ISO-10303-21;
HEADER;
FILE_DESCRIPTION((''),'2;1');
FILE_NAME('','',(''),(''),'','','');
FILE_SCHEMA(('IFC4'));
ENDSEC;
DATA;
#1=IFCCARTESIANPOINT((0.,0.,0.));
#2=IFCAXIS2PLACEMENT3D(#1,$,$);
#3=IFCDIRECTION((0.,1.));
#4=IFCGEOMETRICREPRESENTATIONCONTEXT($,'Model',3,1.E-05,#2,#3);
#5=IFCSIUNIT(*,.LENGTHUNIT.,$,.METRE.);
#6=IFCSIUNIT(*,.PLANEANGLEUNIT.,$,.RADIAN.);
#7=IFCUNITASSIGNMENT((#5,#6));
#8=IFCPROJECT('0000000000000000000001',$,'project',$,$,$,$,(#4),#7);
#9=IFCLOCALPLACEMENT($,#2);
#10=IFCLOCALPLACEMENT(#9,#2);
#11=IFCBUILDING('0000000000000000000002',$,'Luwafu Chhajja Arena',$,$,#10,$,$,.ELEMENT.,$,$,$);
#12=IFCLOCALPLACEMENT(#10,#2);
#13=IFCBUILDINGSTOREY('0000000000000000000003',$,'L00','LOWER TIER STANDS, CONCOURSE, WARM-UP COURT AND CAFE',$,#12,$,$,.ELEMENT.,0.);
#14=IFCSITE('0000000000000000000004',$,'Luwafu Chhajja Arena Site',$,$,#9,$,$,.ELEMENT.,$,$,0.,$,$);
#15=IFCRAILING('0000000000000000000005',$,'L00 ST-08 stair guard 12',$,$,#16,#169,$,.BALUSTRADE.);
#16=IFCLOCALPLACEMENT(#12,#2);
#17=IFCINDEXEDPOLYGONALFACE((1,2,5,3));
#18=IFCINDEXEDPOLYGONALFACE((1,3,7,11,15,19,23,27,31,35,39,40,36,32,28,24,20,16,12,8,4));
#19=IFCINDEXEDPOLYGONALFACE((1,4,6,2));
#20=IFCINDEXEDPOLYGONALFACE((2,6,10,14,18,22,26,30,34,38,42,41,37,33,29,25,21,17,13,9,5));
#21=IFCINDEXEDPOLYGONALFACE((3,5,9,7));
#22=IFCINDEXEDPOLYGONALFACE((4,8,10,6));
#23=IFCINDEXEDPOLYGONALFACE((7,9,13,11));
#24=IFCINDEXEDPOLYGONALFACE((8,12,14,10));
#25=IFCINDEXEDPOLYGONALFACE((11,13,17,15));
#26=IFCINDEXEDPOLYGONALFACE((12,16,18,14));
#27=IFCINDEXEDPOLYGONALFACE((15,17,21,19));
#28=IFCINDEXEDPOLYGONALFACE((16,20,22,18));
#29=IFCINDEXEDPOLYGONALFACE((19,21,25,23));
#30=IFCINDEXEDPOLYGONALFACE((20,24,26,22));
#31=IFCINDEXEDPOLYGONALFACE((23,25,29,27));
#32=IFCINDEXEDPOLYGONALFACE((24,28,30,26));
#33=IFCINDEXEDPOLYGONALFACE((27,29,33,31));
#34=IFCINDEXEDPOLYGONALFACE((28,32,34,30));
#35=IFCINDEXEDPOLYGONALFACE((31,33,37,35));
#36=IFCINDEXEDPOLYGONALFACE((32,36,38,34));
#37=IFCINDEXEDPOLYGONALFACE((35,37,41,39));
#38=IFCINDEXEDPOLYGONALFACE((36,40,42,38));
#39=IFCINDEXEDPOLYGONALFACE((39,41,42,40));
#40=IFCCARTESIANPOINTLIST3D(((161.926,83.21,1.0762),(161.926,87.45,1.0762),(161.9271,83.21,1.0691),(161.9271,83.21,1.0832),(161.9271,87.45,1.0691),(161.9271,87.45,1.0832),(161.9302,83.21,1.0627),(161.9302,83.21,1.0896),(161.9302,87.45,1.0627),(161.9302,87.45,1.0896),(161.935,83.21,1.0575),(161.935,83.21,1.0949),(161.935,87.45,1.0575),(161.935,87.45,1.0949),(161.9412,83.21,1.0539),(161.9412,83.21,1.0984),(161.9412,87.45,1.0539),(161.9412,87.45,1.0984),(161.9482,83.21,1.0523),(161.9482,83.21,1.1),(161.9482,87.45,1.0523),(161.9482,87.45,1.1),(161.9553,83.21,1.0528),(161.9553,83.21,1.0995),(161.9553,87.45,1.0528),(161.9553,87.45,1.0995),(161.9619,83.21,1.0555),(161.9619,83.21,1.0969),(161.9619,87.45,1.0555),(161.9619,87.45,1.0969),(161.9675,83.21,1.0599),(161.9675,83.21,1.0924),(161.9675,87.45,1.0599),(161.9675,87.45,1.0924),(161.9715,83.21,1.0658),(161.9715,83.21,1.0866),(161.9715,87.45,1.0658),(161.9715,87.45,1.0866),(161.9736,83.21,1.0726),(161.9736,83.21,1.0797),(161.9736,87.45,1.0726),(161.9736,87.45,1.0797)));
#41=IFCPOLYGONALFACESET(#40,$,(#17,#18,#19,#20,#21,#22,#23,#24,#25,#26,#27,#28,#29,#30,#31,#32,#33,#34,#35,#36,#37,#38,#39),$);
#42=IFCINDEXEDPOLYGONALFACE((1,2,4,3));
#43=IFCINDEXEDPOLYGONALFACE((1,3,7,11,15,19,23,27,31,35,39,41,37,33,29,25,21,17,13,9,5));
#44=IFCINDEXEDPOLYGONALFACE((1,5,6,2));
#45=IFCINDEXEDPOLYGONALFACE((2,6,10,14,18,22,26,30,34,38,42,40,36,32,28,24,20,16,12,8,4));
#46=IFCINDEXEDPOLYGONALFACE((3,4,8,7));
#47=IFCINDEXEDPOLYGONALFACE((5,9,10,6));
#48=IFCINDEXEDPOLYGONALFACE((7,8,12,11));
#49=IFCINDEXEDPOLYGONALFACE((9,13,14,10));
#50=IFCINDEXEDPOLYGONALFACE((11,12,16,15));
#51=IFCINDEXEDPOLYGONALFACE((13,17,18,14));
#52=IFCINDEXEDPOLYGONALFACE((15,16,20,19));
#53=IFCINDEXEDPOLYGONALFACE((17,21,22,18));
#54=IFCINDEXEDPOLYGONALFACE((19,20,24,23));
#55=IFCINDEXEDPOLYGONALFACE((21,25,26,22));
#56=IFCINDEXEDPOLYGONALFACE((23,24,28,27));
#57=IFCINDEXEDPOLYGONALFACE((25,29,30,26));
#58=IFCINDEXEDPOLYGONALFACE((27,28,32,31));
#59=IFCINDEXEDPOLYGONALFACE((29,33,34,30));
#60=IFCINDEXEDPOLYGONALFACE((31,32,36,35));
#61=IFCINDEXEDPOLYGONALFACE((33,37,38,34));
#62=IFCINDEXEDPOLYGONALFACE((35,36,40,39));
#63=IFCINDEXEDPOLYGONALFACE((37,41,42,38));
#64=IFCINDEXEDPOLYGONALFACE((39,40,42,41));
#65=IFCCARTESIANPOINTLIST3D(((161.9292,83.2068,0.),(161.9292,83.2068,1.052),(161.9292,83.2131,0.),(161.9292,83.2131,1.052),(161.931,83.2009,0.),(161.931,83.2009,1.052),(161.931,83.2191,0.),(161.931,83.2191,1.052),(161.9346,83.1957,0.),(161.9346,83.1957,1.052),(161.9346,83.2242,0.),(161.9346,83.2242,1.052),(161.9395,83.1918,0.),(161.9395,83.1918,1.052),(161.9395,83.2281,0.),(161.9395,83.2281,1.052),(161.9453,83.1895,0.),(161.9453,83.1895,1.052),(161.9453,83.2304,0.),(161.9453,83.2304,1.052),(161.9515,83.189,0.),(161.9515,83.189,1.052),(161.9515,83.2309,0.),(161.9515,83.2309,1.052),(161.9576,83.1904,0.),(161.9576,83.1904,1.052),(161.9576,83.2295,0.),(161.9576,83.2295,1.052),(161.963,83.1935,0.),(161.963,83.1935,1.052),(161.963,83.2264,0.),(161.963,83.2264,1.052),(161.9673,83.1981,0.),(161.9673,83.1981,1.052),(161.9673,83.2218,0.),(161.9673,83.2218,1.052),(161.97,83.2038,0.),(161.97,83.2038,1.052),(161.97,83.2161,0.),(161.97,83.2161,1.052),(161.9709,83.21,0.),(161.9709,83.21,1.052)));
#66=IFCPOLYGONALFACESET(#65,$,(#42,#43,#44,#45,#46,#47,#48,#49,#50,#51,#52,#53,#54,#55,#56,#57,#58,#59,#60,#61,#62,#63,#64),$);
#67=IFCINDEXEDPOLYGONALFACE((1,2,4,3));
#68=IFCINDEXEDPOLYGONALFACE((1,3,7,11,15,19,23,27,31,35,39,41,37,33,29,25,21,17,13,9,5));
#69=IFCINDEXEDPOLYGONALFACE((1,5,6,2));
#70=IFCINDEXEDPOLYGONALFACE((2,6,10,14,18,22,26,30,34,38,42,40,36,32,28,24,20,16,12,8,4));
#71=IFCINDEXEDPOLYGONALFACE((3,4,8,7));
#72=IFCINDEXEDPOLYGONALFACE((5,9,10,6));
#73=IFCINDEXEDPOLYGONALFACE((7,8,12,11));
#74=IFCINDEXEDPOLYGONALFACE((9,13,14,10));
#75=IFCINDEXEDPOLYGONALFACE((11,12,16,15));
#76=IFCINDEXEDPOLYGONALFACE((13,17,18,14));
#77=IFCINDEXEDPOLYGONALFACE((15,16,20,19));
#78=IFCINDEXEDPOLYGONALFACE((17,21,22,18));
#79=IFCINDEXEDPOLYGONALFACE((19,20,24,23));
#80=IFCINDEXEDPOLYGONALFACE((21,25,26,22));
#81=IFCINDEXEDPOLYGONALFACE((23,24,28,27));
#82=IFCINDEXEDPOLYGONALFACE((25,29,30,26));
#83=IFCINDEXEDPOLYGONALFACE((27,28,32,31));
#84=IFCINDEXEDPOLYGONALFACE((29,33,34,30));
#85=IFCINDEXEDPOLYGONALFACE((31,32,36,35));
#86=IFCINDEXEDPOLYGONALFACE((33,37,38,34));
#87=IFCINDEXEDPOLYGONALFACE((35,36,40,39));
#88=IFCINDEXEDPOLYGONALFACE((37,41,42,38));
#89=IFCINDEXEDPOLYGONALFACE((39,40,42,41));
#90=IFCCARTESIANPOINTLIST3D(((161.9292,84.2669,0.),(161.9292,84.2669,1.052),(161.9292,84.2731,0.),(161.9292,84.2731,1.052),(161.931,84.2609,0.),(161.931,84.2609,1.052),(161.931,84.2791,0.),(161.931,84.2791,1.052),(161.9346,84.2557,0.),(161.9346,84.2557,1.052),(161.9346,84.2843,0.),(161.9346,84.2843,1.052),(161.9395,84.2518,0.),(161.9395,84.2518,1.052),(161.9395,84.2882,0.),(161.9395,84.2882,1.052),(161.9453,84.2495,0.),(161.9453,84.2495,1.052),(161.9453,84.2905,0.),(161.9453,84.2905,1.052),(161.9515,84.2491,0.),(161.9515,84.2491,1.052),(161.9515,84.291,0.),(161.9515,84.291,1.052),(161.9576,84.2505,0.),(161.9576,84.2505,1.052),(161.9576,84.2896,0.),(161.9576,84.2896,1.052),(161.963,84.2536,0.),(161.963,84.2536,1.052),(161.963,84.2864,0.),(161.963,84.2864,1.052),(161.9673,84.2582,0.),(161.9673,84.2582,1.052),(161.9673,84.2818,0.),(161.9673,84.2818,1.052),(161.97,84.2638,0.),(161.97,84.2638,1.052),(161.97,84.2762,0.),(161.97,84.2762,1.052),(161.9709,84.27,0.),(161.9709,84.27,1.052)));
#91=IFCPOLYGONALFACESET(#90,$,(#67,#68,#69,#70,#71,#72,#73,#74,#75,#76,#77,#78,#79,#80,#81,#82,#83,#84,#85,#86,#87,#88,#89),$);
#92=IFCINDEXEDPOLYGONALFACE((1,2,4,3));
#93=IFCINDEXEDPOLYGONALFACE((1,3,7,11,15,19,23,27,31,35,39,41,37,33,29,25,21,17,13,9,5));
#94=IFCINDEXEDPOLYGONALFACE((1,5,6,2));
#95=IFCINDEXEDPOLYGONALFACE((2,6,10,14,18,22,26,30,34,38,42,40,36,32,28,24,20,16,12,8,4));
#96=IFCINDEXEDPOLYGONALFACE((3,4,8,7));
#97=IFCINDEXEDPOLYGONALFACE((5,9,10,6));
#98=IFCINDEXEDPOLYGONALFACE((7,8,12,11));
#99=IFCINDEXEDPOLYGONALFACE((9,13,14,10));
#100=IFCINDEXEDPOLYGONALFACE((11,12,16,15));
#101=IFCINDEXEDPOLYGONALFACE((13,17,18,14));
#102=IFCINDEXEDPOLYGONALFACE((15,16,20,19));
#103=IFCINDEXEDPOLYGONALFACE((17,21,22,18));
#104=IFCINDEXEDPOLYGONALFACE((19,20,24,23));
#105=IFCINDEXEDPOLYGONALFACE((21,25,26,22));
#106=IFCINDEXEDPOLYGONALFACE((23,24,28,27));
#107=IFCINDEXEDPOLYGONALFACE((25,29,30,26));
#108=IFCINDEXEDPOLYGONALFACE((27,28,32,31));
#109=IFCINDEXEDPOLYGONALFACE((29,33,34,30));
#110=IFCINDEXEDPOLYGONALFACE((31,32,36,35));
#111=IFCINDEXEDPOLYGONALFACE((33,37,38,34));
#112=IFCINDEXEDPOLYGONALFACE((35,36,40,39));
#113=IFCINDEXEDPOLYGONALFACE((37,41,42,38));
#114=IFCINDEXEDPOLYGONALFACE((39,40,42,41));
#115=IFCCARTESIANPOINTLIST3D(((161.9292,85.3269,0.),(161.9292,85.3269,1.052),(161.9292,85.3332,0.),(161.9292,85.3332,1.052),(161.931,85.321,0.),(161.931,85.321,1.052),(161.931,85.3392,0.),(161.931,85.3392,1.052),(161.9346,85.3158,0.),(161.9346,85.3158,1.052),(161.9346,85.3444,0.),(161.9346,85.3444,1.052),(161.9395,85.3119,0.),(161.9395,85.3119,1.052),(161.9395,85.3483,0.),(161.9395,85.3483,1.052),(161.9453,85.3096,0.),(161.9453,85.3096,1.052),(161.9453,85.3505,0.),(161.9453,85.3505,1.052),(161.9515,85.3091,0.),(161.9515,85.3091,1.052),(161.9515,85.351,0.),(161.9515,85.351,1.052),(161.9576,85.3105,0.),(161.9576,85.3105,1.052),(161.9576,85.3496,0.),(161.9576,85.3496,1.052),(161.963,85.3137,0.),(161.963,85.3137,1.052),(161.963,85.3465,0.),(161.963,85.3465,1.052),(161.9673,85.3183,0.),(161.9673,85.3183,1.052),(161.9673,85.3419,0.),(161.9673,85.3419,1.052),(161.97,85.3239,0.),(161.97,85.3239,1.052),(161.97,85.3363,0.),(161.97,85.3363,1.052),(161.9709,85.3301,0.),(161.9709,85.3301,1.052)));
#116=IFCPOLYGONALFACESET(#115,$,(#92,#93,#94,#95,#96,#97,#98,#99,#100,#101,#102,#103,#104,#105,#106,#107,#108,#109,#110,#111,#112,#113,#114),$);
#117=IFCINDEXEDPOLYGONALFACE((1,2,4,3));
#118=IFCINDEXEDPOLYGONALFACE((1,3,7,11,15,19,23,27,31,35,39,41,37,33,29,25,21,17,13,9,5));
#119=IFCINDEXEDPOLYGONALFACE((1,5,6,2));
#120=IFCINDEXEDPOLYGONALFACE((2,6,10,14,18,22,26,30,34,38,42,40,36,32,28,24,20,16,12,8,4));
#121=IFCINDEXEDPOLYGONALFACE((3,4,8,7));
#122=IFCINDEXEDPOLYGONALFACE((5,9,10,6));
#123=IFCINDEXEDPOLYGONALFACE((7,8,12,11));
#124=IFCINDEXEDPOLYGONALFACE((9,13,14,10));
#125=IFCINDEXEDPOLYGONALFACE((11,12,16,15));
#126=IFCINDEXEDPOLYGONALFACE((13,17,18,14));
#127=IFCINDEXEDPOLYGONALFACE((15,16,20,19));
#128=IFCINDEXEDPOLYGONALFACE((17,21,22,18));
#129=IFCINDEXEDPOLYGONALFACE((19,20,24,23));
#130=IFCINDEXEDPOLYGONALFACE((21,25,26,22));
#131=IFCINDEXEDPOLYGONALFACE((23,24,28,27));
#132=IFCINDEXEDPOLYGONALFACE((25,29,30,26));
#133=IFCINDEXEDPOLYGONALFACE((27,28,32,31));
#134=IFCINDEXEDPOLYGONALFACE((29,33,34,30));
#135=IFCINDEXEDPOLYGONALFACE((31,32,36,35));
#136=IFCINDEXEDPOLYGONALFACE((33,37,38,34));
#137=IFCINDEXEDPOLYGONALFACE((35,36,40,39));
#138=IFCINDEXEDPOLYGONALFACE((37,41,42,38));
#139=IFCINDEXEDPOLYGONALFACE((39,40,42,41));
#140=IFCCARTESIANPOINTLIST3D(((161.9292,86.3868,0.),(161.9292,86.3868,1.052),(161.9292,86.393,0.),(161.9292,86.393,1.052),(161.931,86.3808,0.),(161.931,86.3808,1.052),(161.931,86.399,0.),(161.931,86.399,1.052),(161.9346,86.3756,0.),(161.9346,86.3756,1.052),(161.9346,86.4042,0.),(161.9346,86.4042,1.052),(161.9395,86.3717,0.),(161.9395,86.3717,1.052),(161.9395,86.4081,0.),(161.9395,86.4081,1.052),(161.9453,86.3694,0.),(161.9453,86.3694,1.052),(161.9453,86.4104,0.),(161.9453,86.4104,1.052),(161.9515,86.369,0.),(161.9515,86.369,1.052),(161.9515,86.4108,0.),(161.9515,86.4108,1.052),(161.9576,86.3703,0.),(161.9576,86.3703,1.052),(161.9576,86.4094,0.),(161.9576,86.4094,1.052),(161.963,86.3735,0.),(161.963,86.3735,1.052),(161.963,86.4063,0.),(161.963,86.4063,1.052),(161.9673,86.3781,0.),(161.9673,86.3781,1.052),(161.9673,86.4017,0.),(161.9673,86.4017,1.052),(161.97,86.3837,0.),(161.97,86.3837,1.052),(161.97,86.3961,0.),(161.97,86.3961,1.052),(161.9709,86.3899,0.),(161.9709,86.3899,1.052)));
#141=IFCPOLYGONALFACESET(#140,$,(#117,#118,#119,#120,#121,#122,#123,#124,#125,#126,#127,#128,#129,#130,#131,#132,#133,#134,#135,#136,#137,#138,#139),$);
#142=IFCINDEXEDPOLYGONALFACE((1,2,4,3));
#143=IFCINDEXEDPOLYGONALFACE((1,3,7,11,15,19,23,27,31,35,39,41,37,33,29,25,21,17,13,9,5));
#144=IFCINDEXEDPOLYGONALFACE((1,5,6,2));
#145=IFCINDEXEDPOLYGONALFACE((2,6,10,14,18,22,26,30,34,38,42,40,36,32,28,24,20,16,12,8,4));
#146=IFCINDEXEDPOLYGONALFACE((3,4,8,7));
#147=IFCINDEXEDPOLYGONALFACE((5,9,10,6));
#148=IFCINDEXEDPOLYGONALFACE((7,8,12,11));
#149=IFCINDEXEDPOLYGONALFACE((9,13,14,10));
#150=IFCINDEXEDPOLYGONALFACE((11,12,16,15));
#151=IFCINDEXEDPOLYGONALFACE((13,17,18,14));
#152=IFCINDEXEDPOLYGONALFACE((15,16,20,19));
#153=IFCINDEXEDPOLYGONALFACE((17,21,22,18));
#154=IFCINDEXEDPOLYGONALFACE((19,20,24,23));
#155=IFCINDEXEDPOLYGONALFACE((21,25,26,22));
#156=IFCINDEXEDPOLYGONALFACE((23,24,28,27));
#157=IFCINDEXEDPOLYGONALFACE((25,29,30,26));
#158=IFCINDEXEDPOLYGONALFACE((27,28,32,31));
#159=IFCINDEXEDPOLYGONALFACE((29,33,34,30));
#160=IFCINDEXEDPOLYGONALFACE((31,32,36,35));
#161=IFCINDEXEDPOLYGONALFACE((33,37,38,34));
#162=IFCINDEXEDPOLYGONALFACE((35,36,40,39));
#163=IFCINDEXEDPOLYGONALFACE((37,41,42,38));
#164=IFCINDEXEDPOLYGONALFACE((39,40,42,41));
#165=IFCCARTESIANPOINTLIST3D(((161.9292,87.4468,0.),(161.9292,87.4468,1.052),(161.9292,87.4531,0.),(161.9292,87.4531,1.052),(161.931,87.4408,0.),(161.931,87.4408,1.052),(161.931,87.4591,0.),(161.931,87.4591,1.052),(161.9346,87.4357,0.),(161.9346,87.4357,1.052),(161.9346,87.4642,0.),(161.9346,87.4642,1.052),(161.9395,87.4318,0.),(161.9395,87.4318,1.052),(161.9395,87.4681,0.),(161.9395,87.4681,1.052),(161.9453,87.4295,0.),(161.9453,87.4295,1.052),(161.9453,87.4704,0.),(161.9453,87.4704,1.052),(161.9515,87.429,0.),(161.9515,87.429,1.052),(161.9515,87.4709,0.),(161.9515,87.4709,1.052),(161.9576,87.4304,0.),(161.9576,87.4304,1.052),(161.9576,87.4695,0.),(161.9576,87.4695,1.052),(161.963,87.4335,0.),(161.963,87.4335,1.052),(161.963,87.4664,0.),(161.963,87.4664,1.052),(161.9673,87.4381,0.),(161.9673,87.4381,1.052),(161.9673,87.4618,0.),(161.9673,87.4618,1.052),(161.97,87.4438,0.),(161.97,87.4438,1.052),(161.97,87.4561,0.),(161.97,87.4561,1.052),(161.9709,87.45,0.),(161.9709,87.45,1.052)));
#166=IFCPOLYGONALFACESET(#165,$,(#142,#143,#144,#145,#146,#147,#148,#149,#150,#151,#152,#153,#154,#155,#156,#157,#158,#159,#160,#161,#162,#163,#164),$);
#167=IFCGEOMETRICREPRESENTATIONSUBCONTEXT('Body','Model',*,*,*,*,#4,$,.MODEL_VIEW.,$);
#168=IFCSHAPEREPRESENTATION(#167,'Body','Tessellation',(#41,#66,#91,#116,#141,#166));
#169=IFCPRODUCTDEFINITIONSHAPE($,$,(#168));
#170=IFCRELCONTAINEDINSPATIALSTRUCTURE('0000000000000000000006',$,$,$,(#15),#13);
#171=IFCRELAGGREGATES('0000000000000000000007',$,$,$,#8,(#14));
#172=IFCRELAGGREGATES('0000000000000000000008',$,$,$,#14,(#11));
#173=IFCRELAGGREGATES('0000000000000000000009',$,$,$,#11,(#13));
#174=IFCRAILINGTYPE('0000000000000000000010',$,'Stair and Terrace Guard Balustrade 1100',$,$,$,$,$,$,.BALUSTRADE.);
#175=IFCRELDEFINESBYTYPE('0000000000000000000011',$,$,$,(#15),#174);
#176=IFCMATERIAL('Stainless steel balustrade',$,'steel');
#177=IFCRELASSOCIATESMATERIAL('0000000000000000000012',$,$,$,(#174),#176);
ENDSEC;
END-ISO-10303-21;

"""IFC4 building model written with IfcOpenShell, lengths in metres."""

from ifc_helpers import new_model, si_unit, direction, frame, origin, origin_2d, place, context, subcontext, project, spatial, circle, extrude, material, type_object, element, save


model = new_model("IFC4")

# Units and contexts
model_context = context("Model", 3, precision=1e-05, world=origin(), true_north=direction((0.0, 1.0)))
body_context = subcontext(model_context, "Body", "Model", "MODEL_VIEW")
ifc_project = project(units=[si_unit("LENGTHUNIT", "METRE"), si_unit("PLANEANGLEUNIT", "RADIAN")], contexts=[model_context])

# Site, building, storey
site_placement = place(None, origin())
site = spatial("IfcSite", under=ifc_project, at=site_placement, Name="Luwafu Chhajja Arena Site", CompositionType="ELEMENT", RefElevation=0.0)
building_placement = place(site_placement, origin())
building = spatial("IfcBuilding", under=site, at=building_placement, Name="Luwafu Chhajja Arena", CompositionType="ELEMENT")
storey_placement = place(building_placement, origin())
storey = spatial("IfcBuildingStorey", under=building, at=storey_placement, Name="L00", Description="LOWER TIER STANDS, CONCOURSE, WARM-UP COURT AND CAFE", CompositionType="ELEMENT", Elevation=0.0)

# Railing
ifc_material_1 = material(Name="Stainless steel balustrade", Category="steel")
railing_type_1 = type_object("IfcRailingType", Name="Stair and Terrace Guard Balustrade 1100", PredefinedType="BALUSTRADE", material=ifc_material_1)
for number, where, name in (
    (1, (161.95, 83.21, 0.0), "L00 ST-08 stair guard 12"),
):
    element("IfcRailing", number, at=place(storey_placement, frame(where)), inside=storey, type_object=railing_type_1, Name=name, PredefinedType="BALUSTRADE", context=body_context, shape_type="SweptSolid", body=[
        extrude(circle(Radius=0.0239, at=origin_2d()), frame((0.0, 0.0, 1.0762), z_axis=(0.0, 1.0, 0.0), x_axis=(-1.0, 0.0, 0.0)), (0.0, 0.0, 1.0), 4.24),
        extrude(circle(Radius=0.021, at=origin_2d()), origin(), (0.0, 0.0, 1.0), 1.052),
        extrude(circle(Radius=0.021, at=origin_2d()), frame((0.0, 1.0601, 0.0)), (0.0, 0.0, 1.0), 1.052),
        extrude(circle(Radius=0.021, at=origin_2d()), frame((0.0, 2.1201, 0.0)), (0.0, 0.0, 1.0), 1.052),
        extrude(circle(Radius=0.021, at=origin_2d()), frame((0.0, 3.1799, 0.0)), (0.0, 0.0, 1.0), 1.052),
        extrude(circle(Radius=0.021, at=origin_2d()), frame((0.0, 4.24, 0.0)), (0.0, 0.0, 1.0), 1.052),
    ])

save(model, "model.ifc")
